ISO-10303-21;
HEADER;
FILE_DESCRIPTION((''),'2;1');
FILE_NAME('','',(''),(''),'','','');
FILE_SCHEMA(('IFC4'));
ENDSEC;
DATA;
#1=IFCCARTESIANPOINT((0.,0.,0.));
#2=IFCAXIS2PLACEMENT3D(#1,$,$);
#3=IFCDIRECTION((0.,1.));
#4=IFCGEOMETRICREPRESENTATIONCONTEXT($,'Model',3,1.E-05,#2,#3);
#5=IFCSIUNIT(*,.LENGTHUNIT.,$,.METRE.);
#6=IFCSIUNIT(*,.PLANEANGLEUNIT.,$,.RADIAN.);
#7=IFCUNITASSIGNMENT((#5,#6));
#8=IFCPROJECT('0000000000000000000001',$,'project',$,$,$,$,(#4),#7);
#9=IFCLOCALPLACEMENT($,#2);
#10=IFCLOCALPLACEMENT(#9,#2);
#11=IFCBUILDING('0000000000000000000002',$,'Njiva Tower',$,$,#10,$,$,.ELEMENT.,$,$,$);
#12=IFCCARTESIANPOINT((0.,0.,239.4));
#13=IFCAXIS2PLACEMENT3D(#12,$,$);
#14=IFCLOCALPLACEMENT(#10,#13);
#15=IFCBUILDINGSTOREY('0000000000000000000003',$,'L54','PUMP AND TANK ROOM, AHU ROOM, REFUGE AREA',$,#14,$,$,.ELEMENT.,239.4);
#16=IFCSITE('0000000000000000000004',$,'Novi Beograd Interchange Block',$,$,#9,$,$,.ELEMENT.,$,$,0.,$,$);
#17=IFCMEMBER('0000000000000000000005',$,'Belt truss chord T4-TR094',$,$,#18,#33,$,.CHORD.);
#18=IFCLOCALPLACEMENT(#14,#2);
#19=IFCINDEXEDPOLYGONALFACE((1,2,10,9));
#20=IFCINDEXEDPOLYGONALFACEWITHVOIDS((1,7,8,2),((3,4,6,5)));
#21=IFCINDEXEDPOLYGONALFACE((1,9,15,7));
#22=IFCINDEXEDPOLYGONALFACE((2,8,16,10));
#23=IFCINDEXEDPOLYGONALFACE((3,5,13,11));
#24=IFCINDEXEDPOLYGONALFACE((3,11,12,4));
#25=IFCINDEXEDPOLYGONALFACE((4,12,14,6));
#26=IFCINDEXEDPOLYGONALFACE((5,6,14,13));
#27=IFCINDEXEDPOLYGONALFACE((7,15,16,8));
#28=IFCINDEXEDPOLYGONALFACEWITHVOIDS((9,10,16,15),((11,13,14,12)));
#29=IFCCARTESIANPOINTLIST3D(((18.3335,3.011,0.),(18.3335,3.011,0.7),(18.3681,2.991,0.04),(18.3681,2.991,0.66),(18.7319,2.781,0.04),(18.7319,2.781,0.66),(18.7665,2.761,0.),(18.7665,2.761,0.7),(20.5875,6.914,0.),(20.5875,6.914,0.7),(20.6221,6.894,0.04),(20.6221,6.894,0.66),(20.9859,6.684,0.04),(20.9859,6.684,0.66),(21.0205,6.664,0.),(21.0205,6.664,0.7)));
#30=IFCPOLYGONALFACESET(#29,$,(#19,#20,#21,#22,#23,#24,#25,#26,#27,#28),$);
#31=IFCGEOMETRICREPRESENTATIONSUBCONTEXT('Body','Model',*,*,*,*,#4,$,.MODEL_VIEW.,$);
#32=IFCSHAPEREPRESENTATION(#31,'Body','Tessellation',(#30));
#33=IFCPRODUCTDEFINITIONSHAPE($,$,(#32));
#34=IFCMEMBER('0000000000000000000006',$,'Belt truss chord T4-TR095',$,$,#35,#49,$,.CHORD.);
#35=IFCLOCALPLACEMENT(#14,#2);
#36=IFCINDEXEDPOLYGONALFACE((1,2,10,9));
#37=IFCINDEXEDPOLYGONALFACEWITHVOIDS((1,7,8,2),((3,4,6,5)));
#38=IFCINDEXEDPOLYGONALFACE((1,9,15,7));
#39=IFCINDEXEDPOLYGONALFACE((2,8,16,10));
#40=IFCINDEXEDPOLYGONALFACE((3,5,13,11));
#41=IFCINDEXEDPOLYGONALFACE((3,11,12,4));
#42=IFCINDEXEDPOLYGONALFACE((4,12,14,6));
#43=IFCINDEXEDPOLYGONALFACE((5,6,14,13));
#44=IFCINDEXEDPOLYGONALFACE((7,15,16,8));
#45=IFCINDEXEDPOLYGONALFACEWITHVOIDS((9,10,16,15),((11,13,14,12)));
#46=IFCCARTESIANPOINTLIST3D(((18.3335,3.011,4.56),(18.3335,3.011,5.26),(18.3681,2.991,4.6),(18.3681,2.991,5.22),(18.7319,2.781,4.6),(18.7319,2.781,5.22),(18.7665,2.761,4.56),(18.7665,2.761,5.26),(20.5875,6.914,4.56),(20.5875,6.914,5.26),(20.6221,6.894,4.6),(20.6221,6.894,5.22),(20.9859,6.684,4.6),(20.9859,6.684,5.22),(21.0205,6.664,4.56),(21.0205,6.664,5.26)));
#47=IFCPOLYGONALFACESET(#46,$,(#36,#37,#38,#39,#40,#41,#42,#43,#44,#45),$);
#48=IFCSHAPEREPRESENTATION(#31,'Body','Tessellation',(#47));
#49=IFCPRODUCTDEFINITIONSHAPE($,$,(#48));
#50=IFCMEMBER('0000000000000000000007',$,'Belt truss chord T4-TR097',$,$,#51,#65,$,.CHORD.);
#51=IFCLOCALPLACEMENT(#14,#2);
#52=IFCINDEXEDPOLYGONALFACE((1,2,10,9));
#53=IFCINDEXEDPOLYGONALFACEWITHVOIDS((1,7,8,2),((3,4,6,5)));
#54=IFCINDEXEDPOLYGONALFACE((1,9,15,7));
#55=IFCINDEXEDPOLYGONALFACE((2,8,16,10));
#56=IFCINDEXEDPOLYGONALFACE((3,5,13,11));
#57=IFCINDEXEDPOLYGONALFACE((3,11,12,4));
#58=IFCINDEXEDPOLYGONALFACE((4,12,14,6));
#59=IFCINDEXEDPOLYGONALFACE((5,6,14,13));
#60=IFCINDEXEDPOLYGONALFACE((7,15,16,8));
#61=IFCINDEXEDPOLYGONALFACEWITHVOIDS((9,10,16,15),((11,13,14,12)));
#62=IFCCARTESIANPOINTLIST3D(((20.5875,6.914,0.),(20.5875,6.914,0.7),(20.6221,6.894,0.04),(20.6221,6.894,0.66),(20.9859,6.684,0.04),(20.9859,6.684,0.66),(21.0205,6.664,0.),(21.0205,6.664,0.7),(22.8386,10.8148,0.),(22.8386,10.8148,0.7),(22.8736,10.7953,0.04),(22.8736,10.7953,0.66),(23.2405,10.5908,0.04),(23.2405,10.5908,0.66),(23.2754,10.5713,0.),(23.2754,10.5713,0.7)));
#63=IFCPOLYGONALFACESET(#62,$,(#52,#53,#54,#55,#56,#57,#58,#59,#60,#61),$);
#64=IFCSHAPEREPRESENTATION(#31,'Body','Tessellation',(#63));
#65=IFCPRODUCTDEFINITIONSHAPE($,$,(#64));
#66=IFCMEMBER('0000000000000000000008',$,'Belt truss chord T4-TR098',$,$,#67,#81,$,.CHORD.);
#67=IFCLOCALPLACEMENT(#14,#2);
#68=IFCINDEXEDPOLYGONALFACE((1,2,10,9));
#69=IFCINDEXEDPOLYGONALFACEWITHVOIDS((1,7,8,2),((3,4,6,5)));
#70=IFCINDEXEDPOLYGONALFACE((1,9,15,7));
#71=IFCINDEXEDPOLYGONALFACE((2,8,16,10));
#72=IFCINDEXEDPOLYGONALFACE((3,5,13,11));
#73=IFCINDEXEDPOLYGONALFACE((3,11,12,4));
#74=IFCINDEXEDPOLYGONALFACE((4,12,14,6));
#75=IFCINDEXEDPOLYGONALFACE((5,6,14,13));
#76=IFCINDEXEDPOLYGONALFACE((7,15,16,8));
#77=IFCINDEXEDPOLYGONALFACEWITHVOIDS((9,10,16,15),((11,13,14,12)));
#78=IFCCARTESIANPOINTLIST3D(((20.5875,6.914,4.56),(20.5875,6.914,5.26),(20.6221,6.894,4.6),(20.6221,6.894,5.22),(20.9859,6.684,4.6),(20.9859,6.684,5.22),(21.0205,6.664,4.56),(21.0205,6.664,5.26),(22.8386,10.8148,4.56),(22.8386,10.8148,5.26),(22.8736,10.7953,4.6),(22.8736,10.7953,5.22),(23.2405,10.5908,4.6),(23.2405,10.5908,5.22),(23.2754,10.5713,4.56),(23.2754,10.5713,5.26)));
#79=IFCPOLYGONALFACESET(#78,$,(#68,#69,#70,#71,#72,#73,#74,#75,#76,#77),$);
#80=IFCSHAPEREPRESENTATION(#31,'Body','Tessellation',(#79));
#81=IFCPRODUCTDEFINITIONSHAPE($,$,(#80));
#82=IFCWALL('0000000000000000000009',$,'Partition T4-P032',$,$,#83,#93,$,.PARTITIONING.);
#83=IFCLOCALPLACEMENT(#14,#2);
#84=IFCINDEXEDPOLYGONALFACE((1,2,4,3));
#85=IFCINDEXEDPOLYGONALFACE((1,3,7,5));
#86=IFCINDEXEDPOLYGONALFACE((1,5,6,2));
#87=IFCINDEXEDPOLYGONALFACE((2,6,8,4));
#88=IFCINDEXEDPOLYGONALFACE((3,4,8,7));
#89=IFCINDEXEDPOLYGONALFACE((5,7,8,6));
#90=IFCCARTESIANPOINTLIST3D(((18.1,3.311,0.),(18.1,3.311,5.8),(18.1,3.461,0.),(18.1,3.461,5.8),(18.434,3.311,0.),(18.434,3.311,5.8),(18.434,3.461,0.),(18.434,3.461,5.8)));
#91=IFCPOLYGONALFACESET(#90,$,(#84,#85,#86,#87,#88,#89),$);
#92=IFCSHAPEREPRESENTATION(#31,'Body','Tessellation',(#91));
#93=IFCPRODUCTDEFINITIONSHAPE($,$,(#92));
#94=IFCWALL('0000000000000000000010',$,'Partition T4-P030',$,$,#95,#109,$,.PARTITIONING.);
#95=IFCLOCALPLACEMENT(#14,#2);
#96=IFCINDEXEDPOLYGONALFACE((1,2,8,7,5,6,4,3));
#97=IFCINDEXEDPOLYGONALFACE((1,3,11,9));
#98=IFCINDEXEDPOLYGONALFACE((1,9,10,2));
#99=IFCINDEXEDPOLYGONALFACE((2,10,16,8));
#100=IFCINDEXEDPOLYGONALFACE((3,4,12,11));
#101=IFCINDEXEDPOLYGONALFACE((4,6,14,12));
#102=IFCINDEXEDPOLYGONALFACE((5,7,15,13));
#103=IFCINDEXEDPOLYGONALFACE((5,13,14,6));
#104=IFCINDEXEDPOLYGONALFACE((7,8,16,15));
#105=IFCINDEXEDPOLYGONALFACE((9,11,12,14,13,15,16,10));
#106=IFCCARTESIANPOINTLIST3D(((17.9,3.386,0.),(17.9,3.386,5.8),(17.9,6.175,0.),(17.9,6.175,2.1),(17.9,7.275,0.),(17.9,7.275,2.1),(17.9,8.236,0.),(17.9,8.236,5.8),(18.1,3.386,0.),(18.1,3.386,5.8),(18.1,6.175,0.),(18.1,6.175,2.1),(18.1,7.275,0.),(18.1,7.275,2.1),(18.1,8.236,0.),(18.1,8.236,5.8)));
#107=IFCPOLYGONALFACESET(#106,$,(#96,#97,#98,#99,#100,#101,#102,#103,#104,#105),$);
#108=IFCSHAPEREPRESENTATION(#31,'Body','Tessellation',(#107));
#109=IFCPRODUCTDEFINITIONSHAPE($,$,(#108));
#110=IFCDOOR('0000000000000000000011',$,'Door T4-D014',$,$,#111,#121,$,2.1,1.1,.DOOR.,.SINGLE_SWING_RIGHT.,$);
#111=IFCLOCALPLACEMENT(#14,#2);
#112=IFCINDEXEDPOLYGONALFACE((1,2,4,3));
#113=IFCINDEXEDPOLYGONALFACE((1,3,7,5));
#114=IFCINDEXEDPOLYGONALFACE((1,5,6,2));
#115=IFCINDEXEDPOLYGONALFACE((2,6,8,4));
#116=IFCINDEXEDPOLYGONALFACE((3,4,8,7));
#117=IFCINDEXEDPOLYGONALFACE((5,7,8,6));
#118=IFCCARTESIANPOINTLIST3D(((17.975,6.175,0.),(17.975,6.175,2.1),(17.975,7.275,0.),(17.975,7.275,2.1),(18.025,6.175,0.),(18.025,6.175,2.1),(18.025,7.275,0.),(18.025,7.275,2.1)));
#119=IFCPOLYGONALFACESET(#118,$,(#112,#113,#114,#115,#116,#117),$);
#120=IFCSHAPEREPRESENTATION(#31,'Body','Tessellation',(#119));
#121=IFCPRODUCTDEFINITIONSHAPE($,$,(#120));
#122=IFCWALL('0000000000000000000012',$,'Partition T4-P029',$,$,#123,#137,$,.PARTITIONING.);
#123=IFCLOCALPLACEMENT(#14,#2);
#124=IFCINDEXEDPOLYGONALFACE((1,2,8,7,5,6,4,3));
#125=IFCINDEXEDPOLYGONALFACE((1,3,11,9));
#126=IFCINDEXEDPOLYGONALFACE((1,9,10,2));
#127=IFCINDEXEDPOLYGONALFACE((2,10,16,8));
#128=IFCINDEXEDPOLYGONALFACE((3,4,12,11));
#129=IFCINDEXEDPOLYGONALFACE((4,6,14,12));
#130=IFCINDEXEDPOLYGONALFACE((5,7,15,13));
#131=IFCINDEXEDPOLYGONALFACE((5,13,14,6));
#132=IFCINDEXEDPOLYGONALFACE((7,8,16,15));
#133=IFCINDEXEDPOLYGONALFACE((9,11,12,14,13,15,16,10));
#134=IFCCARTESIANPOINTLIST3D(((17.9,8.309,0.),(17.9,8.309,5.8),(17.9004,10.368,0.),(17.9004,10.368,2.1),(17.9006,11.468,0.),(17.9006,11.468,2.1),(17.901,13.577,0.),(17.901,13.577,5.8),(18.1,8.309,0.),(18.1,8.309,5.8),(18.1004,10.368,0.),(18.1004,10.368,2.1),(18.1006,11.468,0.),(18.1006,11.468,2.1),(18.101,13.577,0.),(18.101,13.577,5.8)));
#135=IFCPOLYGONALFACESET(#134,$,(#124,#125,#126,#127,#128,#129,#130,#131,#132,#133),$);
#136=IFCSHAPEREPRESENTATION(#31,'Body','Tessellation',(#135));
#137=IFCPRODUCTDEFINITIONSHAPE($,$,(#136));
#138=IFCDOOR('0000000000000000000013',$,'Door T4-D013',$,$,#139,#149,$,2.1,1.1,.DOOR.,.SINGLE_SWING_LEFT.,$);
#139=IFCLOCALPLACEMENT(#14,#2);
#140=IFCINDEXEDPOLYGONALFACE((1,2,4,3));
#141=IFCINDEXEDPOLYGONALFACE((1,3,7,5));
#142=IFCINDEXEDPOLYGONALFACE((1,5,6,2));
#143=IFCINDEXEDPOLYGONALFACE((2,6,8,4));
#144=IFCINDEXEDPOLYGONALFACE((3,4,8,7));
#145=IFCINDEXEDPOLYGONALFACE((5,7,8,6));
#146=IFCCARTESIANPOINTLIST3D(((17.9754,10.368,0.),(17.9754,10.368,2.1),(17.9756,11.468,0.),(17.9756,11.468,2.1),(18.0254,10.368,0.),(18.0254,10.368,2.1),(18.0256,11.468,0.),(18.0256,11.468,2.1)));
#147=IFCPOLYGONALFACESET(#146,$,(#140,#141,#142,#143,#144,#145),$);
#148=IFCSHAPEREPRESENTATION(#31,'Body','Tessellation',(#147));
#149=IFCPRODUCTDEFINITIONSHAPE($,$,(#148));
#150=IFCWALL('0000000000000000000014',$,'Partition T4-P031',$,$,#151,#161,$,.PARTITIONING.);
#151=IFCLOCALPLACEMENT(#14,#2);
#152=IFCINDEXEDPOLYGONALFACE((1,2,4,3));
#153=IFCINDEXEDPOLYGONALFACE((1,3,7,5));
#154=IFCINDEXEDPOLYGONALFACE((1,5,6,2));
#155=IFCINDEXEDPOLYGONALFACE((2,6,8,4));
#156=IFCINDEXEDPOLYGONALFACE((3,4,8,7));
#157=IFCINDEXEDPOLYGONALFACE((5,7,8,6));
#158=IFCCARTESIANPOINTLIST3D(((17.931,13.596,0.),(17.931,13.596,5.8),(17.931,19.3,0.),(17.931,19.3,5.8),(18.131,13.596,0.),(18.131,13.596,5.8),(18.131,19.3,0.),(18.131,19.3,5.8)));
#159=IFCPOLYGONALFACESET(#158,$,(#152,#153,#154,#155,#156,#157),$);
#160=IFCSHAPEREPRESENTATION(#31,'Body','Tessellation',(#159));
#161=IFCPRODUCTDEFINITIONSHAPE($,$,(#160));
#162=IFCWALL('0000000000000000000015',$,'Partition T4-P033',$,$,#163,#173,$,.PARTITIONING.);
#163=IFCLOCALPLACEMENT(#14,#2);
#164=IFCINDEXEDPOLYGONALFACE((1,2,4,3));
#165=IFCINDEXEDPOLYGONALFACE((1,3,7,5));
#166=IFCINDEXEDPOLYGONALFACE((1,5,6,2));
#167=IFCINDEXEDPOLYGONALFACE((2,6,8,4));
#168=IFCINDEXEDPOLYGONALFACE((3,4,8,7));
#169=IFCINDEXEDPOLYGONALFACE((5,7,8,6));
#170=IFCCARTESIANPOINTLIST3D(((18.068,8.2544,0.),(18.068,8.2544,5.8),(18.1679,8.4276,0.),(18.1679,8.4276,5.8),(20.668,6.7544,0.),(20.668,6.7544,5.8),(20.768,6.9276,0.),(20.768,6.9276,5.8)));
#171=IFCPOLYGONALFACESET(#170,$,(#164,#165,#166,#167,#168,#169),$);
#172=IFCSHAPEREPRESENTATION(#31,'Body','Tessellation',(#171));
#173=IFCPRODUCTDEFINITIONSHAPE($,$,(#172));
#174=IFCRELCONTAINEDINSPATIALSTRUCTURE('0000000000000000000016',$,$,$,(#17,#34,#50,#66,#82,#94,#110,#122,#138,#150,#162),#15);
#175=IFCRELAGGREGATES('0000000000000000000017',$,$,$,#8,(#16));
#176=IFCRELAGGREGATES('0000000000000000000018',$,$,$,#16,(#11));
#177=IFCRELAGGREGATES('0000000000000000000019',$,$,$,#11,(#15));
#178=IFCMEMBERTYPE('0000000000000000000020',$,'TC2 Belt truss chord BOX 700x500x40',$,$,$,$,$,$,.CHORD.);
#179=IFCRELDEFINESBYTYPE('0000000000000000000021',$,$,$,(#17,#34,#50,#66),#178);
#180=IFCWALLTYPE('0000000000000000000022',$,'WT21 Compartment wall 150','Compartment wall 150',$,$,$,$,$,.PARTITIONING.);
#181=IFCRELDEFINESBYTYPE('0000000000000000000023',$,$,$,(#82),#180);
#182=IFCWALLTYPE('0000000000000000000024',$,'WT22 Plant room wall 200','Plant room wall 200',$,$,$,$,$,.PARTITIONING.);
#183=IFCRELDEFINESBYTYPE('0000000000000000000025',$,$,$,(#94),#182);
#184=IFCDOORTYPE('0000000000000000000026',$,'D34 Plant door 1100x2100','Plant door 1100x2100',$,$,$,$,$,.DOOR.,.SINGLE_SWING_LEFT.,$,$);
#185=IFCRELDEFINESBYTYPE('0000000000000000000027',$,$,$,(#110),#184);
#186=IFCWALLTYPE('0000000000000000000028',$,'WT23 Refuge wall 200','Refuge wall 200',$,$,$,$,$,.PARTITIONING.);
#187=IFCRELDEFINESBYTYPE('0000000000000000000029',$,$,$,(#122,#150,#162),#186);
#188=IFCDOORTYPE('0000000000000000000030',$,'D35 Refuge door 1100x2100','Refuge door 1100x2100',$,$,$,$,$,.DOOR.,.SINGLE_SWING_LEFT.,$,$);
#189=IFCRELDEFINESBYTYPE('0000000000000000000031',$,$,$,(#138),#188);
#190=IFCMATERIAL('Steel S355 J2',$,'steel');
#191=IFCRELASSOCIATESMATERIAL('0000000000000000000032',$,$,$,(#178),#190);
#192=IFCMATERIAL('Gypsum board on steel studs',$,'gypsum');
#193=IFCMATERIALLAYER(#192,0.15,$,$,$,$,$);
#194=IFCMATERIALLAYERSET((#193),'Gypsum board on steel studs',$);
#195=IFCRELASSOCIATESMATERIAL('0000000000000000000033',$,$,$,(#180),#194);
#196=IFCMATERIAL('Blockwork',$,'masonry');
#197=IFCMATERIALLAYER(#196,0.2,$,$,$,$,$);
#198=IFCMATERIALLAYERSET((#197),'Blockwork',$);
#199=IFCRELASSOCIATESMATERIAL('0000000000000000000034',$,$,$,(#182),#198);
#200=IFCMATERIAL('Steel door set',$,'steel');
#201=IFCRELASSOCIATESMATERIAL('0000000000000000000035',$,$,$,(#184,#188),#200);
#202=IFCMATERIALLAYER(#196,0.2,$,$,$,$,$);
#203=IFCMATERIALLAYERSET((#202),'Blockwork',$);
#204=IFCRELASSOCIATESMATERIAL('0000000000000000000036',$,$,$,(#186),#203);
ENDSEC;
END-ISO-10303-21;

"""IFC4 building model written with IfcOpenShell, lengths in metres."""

from ifc_helpers import new_model, si_unit, direction, frame, frame_2d, origin, origin_2d, place, context, subcontext, project, spatial, rectangle, hollow_rectangle, extrude, clip, halfspace, material, layer, layer_set, material_profile, profile_set, type_object, element, fill, save


model = new_model("IFC4")

# Units and contexts
model_context = context("Model", 3, precision=1e-05, world=origin(), true_north=direction((0.0, 1.0)))
body_context = subcontext(model_context, "Body", "Model", "MODEL_VIEW")
ifc_project = project(units=[si_unit("LENGTHUNIT", "METRE"), si_unit("PLANEANGLEUNIT", "RADIAN")], contexts=[model_context])

# Site, building, storey
site_placement = place(None, origin())
site = spatial("IfcSite", under=ifc_project, at=site_placement, Name="Novi Beograd Interchange Block", CompositionType="ELEMENT", RefElevation=0.0)
building_placement = place(site_placement, origin())
building = spatial("IfcBuilding", under=site, at=building_placement, Name="Njiva Tower", CompositionType="ELEMENT")
storey_placement = place(building_placement, frame((0.0, 0.0, 239.4)))
storey = spatial("IfcBuildingStorey", under=building, at=storey_placement, Name="L54", Description="PUMP AND TANK ROOM, AHU ROOM, REFUGE AREA", CompositionType="ELEMENT", Elevation=239.4)

# Shared definitions
ifc_material_1 = material(Name="Steel S355 J2", Category="steel")

# Members
ifc_material_profile_1 = material_profile(ifc_material_1, hollow_rectangle(XDim=0.5, YDim=0.7, WallThickness=0.04, at=origin_2d()), Name="BOX 700x500x40")
ifc_profile_set_1 = profile_set([ifc_material_profile_1], Name="Steel S355 J2")
member_type_1 = type_object("IfcMemberType", Name="TC2 Belt truss chord BOX 700x500x40", PredefinedType="CHORD", material=ifc_profile_set_1)
for number, where, z_axis, x_axis, name in (
    (1, (18.55, 2.886, 0.35), (0.5001, 0.865968, 0.0), (-0.865968, 0.5001, 0.0), "Belt truss chord T4-TR094"),
    (2, (18.55, 2.886, 4.91), (0.5001, 0.865968, 0.0), (-0.865968, 0.5001, 0.0), "Belt truss chord T4-TR095"),
):
    element("IfcMember", number, at=place(storey_placement, frame(where, z_axis=z_axis, x_axis=x_axis)), inside=storey, type_object=member_type_1, Name=name, PredefinedType="CHORD", context=body_context, shape_type="SweptSolid", body=[
        extrude(hollow_rectangle(XDim=0.5, YDim=0.7, WallThickness=0.04, at=origin_2d()), origin(), (0.0, 0.0, 1.0), 4.5071),
    ])
member_1_placement = place(storey_placement, frame((20.804, 6.789, 0.35), z_axis=(0.499838, 0.866119, 0.0), x_axis=(-0.866119, 0.499838, 0.0)))
element("IfcMember", 3, at=member_1_placement, inside=storey, type_object=member_type_1, Name="Belt truss chord T4-TR097", PredefinedType="CHORD", context=body_context, shape_type="Clipping", body=[
    clip(extrude(hollow_rectangle(XDim=0.5, YDim=0.7, WallThickness=0.04, at=origin_2d()), origin(), (0.0, 0.0, 1.0), 4.5415), halfspace(frame((0.0, -239.75, 4.5075), z_axis=(0.014852, 0.0, 0.99989), x_axis=(0.0, 1.0, 0.0)), False)),
])
member_2_placement = place(storey_placement, frame((20.804, 6.789, 4.91), z_axis=(0.499838, 0.866119, 0.0), x_axis=(-0.866119, 0.499838, 0.0)))
element("IfcMember", 4, at=member_2_placement, inside=storey, type_object=member_type_1, Name="Belt truss chord T4-TR098", PredefinedType="CHORD", context=body_context, shape_type="Clipping", body=[
    clip(extrude(hollow_rectangle(XDim=0.5, YDim=0.7, WallThickness=0.04, at=origin_2d()), origin(), (0.0, 0.0, 1.0), 4.5415), halfspace(frame((0.0, -244.31, 4.5075), z_axis=(0.014852, 0.0, 0.99989), x_axis=(0.0, 1.0, 0.0)), False)),
])

# Wall
ifc_material_2 = material(Name="Gypsum board on steel studs", Category="gypsum")
ifc_layer_1 = layer(ifc_material_2, 0.15)
ifc_layer_set_1 = layer_set([ifc_layer_1], Name="Gypsum board on steel studs")
wall_type_1 = type_object("IfcWallType", Name="WT21 Compartment wall 150", Description="Compartment wall 150", PredefinedType="PARTITIONING", material=ifc_layer_set_1)
wall_1_placement = place(storey_placement, frame((18.1, 3.386, 0.0), z_axis=(0.0, 0.0, 1.0), x_axis=(1.0, 0.0, 0.0)))
element("IfcWall", 5, at=wall_1_placement, inside=storey, type_object=wall_type_1, Name="Partition T4-P032", PredefinedType="PARTITIONING", context=body_context, shape_type="SweptSolid", body=[
    extrude(rectangle(XDim=0.334, YDim=0.15, at=frame_2d((0.167, 0.0))), origin(), (0.0, 0.0, 1.0), 5.8),
])

# Walls, openings, doors
ifc_material_3 = material(Name="Blockwork", Category="masonry")
ifc_layer_2 = layer(ifc_material_3, 0.2)
ifc_layer_set_2 = layer_set([ifc_layer_2], Name="Blockwork")
wall_type_2 = type_object("IfcWallType", Name="WT22 Plant room wall 200", Description="Plant room wall 200", PredefinedType="PARTITIONING", material=ifc_layer_set_2)
wall_2_placement = place(storey_placement, frame((18.0, 3.386, 0.0), z_axis=(0.0, 0.0, 1.0), x_axis=(0.0, 1.0, 0.0)))
wall_2 = element("IfcWall", 6, at=wall_2_placement, inside=storey, type_object=wall_type_2, Name="Partition T4-P030", PredefinedType="PARTITIONING", context=body_context, shape_type="SweptSolid", body=[
    extrude(rectangle(XDim=4.85, YDim=0.2, at=frame_2d((2.425, 0.0))), origin(), (0.0, 0.0, 1.0), 5.8),
])
opening_1_placement = place(wall_2_placement, frame((2.789, 0.0, 0.0)))
opening_1 = element("IfcOpeningElement", 7, at=opening_1_placement, cuts=wall_2, PredefinedType="OPENING", context=body_context, shape_type="SweptSolid", body=[
    extrude(rectangle(XDim=1.1, YDim=2.1, at=frame_2d((0.55, 1.05))), frame((0.0, 0.11, 0.0), z_axis=(0.0, -1.0, 0.0), x_axis=(1.0, 0.0, 0.0)), (0.0, 0.0, 1.0), 0.22),
])
ifc_material_4 = material(Name="Steel door set", Category="steel")
door_type_1 = type_object("IfcDoorType", Name="D34 Plant door 1100x2100", Description="Plant door 1100x2100", OperationType="SINGLE_SWING_LEFT", PredefinedType="DOOR", material=ifc_material_4)
door_1_placement = place(opening_1_placement, origin())
door_1 = element("IfcDoor", 8, at=door_1_placement, inside=storey, type_object=door_type_1, Name="Door T4-D014", OperationType="SINGLE_SWING_RIGHT", OverallHeight=2.1, OverallWidth=1.1, PredefinedType="DOOR", context=body_context, shape_type="SweptSolid", body=[
    extrude(rectangle(XDim=1.1, YDim=2.1, at=frame_2d((0.55, 1.05))), frame((0.0, 0.025, 0.0), z_axis=(0.0, -1.0, 0.0), x_axis=(1.0, 0.0, 0.0)), (0.0, 0.0, 1.0), 0.05),
])
fill(opening_1, door_1)
ifc_layer_3 = layer(ifc_material_3, 0.2)
ifc_layer_set_3 = layer_set([ifc_layer_3], Name="Blockwork")
wall_type_3 = type_object("IfcWallType", Name="WT23 Refuge wall 200", Description="Refuge wall 200", PredefinedType="PARTITIONING", material=ifc_layer_set_3)
wall_3_placement = place(storey_placement, frame((18.0, 8.309, 0.0), z_axis=(0.0, 0.0, 1.0), x_axis=(0.00019, 1.0, 0.0)))
wall_3 = element("IfcWall", 9, at=wall_3_placement, inside=storey, type_object=wall_type_3, Name="Partition T4-P029", PredefinedType="PARTITIONING", context=body_context, shape_type="SweptSolid", body=[
    extrude(rectangle(XDim=5.268, YDim=0.2, at=frame_2d((2.634, 0.0))), origin(), (0.0, 0.0, 1.0), 5.8),
])
opening_2_placement = place(wall_3_placement, frame((2.059, 0.0, 0.0)))
opening_2 = element("IfcOpeningElement", 10, at=opening_2_placement, cuts=wall_3, PredefinedType="OPENING", context=body_context, shape_type="SweptSolid", body=[
    extrude(rectangle(XDim=1.1, YDim=2.1, at=frame_2d((0.55, 1.05))), frame((0.0, 0.11, 0.0), z_axis=(0.0, -1.0, 0.0), x_axis=(1.0, 0.0, 0.0)), (0.0, 0.0, 1.0), 0.22),
])
door_type_2 = type_object("IfcDoorType", Name="D35 Refuge door 1100x2100", Description="Refuge door 1100x2100", OperationType="SINGLE_SWING_LEFT", PredefinedType="DOOR", material=ifc_material_4)
door_2_placement = place(opening_2_placement, origin())
door_2 = element("IfcDoor", 11, at=door_2_placement, inside=storey, type_object=door_type_2, Name="Door T4-D013", OperationType="SINGLE_SWING_LEFT", OverallHeight=2.1, OverallWidth=1.1, PredefinedType="DOOR", context=body_context, shape_type="SweptSolid", body=[
    extrude(rectangle(XDim=1.1, YDim=2.1, at=frame_2d((0.55, 1.05))), frame((0.0, 0.025, 0.0), z_axis=(0.0, -1.0, 0.0), x_axis=(1.0, 0.0, 0.0)), (0.0, 0.0, 1.0), 0.05),
])
fill(opening_2, door_2)

# Walls
wall_4_placement = place(storey_placement, frame((18.031, 13.596, 0.0), z_axis=(0.0, 0.0, 1.0), x_axis=(0.0, 1.0, 0.0)))
element("IfcWall", 12, at=wall_4_placement, inside=storey, type_object=wall_type_3, Name="Partition T4-P031", PredefinedType="PARTITIONING", context=body_context, shape_type="SweptSolid", body=[
    extrude(rectangle(XDim=5.704, YDim=0.2, at=frame_2d((2.852, 0.0))), origin(), (0.0, 0.0, 1.0), 5.8),
])
wall_5_placement = place(storey_placement, frame((18.118, 8.341, 0.0), z_axis=(0.0, 0.0, 1.0), x_axis=(0.866186, -0.499722, 0.0)))
element("IfcWall", 13, at=wall_5_placement, inside=storey, type_object=wall_type_3, Name="Partition T4-P033", PredefinedType="PARTITIONING", context=body_context, shape_type="SweptSolid", body=[
    extrude(rectangle(XDim=3.0017, YDim=0.2, at=frame_2d((1.5008, 0.0))), origin(), (0.0, 0.0, 1.0), 5.8),
])

save(model, "model.ifc")
